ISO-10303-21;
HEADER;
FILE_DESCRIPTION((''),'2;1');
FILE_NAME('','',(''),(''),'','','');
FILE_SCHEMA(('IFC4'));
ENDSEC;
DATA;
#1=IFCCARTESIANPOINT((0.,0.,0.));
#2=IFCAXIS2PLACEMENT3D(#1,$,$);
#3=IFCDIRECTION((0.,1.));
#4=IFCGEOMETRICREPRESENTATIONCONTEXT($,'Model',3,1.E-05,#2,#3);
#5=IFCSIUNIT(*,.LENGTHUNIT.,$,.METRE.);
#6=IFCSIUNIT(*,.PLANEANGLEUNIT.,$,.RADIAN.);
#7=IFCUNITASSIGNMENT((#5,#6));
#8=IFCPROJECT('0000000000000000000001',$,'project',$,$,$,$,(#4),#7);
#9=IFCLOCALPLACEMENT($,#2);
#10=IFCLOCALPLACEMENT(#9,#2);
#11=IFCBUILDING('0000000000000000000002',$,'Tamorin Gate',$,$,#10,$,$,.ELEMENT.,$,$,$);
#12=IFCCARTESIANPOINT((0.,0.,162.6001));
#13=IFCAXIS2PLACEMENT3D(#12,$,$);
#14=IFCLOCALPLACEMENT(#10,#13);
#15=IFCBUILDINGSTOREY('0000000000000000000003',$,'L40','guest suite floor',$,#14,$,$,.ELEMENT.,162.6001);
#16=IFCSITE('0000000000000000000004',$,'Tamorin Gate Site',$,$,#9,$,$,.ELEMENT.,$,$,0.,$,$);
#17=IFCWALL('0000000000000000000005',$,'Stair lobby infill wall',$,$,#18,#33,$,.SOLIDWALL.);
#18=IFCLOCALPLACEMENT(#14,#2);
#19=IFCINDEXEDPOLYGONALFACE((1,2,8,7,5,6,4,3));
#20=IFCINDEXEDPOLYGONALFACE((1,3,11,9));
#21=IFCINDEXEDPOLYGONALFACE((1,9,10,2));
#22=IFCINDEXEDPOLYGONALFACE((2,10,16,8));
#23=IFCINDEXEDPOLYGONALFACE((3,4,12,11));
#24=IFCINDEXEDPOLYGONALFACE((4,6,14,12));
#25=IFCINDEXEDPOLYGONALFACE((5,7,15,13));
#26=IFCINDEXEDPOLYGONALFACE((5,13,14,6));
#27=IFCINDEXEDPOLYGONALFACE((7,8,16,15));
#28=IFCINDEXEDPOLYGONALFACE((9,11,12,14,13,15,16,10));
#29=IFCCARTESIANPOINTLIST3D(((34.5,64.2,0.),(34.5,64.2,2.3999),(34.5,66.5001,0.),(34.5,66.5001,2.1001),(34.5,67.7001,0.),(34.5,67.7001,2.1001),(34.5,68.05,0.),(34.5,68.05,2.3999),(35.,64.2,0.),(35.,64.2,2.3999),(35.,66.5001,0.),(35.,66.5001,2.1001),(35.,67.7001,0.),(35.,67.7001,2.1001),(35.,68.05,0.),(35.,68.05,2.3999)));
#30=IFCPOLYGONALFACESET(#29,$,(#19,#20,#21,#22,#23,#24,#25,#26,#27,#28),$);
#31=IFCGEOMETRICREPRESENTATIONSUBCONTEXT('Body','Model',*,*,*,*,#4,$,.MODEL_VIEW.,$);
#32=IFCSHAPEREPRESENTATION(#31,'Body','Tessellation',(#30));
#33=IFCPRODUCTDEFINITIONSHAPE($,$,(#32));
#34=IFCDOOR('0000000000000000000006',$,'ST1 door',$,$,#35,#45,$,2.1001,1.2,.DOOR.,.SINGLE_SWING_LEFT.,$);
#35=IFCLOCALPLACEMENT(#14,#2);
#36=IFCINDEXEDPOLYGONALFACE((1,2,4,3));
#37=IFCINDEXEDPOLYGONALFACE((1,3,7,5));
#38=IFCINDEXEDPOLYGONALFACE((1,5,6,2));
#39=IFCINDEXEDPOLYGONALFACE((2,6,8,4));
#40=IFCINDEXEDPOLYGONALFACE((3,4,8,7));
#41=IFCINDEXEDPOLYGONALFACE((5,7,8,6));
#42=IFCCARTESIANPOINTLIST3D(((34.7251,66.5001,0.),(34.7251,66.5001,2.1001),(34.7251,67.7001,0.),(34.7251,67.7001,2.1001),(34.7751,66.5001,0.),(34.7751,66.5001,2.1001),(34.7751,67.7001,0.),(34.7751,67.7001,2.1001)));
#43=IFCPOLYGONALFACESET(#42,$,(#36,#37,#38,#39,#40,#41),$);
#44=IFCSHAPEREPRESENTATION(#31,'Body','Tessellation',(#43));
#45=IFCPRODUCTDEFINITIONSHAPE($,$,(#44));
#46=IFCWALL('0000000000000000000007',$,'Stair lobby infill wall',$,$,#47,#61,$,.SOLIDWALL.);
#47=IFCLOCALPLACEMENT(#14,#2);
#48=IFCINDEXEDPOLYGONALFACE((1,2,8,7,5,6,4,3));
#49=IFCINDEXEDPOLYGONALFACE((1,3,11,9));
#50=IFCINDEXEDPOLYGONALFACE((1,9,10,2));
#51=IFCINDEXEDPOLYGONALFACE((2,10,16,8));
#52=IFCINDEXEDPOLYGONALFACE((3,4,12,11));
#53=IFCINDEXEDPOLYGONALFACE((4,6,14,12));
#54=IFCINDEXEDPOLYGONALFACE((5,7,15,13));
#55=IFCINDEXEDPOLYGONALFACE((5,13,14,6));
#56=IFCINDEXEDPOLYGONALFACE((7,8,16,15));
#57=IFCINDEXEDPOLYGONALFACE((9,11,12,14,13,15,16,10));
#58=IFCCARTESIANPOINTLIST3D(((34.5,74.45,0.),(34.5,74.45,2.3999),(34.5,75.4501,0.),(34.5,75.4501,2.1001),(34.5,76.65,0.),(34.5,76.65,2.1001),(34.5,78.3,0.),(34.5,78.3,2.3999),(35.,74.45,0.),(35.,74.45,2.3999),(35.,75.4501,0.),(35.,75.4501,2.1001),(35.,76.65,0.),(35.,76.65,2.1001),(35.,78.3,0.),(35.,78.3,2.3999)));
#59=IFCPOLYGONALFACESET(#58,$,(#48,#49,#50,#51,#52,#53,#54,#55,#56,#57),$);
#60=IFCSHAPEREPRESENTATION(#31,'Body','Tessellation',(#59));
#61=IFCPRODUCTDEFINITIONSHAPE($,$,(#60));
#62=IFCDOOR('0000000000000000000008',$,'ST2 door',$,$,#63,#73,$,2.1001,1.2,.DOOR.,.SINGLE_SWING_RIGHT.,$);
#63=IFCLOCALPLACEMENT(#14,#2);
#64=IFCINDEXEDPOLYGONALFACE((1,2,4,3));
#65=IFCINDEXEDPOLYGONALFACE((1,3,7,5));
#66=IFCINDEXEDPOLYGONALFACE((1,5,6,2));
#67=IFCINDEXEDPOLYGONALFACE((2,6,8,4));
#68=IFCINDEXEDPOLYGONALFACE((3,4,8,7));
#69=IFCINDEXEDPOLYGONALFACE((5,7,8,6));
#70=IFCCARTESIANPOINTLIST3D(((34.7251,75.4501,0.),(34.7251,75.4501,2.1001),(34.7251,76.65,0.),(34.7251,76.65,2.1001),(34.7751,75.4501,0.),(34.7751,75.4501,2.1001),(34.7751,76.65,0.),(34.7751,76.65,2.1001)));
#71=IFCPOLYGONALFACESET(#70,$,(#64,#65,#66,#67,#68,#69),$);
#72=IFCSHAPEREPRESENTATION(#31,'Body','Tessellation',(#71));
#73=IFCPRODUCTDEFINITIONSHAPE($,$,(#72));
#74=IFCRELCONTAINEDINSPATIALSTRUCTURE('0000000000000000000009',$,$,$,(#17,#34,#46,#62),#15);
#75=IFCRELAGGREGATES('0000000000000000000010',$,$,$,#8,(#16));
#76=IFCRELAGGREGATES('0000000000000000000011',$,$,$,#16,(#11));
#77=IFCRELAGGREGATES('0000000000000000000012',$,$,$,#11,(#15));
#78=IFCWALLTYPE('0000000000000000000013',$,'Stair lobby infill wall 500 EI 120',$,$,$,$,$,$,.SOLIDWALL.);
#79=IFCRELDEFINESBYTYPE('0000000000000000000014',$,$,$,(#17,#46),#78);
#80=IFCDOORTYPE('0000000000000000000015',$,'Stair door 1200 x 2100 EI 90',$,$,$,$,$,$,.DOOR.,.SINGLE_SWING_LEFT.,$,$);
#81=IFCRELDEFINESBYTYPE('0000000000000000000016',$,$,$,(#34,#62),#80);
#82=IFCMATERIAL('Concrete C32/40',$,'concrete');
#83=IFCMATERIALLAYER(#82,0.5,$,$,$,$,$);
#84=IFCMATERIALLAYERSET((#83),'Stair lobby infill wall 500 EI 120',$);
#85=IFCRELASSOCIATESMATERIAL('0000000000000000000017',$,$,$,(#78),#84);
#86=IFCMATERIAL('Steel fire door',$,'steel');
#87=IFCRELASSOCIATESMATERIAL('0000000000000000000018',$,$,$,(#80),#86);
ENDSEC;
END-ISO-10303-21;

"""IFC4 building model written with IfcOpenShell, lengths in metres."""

from ifc_helpers import new_model, si_unit, direction, frame, frame_2d, origin, place, context, subcontext, project, spatial, rectangle, extrude, material, layer, layer_set, type_object, element, fill, save


model = new_model("IFC4")

# Units and contexts
model_context = context("Model", 3, precision=1e-05, world=origin(), true_north=direction((0.0, 1.0)))
body_context = subcontext(model_context, "Body", "Model", "MODEL_VIEW")
ifc_project = project(units=[si_unit("LENGTHUNIT", "METRE"), si_unit("PLANEANGLEUNIT", "RADIAN")], contexts=[model_context])

# Site, building, storey
site_placement = place(None, origin())
site = spatial("IfcSite", under=ifc_project, at=site_placement, Name="Tamorin Gate Site", CompositionType="ELEMENT", RefElevation=0.0)
building_placement = place(site_placement, origin())
building = spatial("IfcBuilding", under=site, at=building_placement, Name="Tamorin Gate", CompositionType="ELEMENT")
storey_placement = place(building_placement, frame((0.0, 0.0, 162.6001)))
storey = spatial("IfcBuildingStorey", under=building, at=storey_placement, Name="L40", Description="guest suite floor", CompositionType="ELEMENT", Elevation=162.6001)

# Shared definitions
ifc_material_1 = material(Name="Steel fire door", Category="steel")

# Walls, openings, doors
ifc_material_2 = material(Name="Concrete C32/40", Category="concrete")
ifc_layer_1 = layer(ifc_material_2, 0.5)
ifc_layer_set_1 = layer_set([ifc_layer_1], Name="Stair lobby infill wall 500 EI 120")
wall_type_1 = type_object("IfcWallType", Name="Stair lobby infill wall 500 EI 120", PredefinedType="SOLIDWALL", material=ifc_layer_set_1)
wall_1_placement = place(storey_placement, frame((34.75, 64.2, 0.0), z_axis=(0.0, 0.0, 1.0), x_axis=(0.0, 1.0, 0.0)))
wall_1 = element("IfcWall", 1, at=wall_1_placement, inside=storey, type_object=wall_type_1, Name="Stair lobby infill wall", PredefinedType="SOLIDWALL", context=body_context, shape_type="SweptSolid", body=[
    extrude(rectangle(XDim=3.8501, YDim=0.5, at=frame_2d((1.925, 0.0))), origin(), (0.0, 0.0, 1.0), 2.3999),
])
opening_1_placement = place(wall_1_placement, frame((2.3, 0.0, 0.0)))
opening_1 = element("IfcOpeningElement", 2, at=opening_1_placement, cuts=wall_1, PredefinedType="OPENING", context=body_context, shape_type="SweptSolid", body=[
    extrude(rectangle(XDim=1.2, YDim=2.1001, at=frame_2d((0.6001, 1.05))), frame((0.0, 0.26, 0.0), z_axis=(0.0, -1.0, 0.0), x_axis=(1.0, 0.0, 0.0)), (0.0, 0.0, 1.0), 0.52),
])
door_type_1 = type_object("IfcDoorType", Name="Stair door 1200 x 2100 EI 90", OperationType="SINGLE_SWING_LEFT", PredefinedType="DOOR", material=ifc_material_1)
door_1_placement = place(opening_1_placement, origin())
door_1 = element("IfcDoor", 3, at=door_1_placement, inside=storey, type_object=door_type_1, Name="ST1 door", OperationType="SINGLE_SWING_LEFT", OverallHeight=2.1001, OverallWidth=1.2, PredefinedType="DOOR", context=body_context, shape_type="SweptSolid", body=[
    extrude(rectangle(XDim=1.2, YDim=2.1001, at=frame_2d((0.6001, 1.05))), frame((0.0, 0.0249, 0.0), z_axis=(0.0, -1.0, 0.0), x_axis=(1.0, 0.0, 0.0)), (0.0, 0.0, 1.0), 0.05),
])
fill(opening_1, door_1)
wall_2_placement = place(storey_placement, frame((34.75, 74.45, 0.0), z_axis=(0.0, 0.0, 1.0), x_axis=(0.0, 1.0, 0.0)))
wall_2 = element("IfcWall", 4, at=wall_2_placement, inside=storey, type_object=wall_type_1, Name="Stair lobby infill wall", PredefinedType="SOLIDWALL", context=body_context, shape_type="SweptSolid", body=[
    extrude(rectangle(XDim=3.8501, YDim=0.5, at=frame_2d((1.925, 0.0))), origin(), (0.0, 0.0, 1.0), 2.3999),
])
opening_2_placement = place(wall_2_placement, frame((1.0, 0.0, 0.0)))
opening_2 = element("IfcOpeningElement", 5, at=opening_2_placement, cuts=wall_2, PredefinedType="OPENING", context=body_context, shape_type="SweptSolid", body=[
    extrude(rectangle(XDim=1.2, YDim=2.1001, at=frame_2d((0.6001, 1.05))), frame((0.0, 0.26, 0.0), z_axis=(0.0, -1.0, 0.0), x_axis=(1.0, 0.0, 0.0)), (0.0, 0.0, 1.0), 0.52),
])
door_2_placement = place(opening_2_placement, origin())
door_2 = element("IfcDoor", 6, at=door_2_placement, inside=storey, type_object=door_type_1, Name="ST2 door", OperationType="SINGLE_SWING_RIGHT", OverallHeight=2.1001, OverallWidth=1.2, PredefinedType="DOOR", context=body_context, shape_type="SweptSolid", body=[
    extrude(rectangle(XDim=1.2, YDim=2.1001, at=frame_2d((0.6001, 1.05))), frame((0.0, 0.0249, 0.0), z_axis=(0.0, -1.0, 0.0), x_axis=(1.0, 0.0, 0.0)), (0.0, 0.0, 1.0), 0.05),
])
fill(opening_2, door_2)

save(model, "model.ifc")
